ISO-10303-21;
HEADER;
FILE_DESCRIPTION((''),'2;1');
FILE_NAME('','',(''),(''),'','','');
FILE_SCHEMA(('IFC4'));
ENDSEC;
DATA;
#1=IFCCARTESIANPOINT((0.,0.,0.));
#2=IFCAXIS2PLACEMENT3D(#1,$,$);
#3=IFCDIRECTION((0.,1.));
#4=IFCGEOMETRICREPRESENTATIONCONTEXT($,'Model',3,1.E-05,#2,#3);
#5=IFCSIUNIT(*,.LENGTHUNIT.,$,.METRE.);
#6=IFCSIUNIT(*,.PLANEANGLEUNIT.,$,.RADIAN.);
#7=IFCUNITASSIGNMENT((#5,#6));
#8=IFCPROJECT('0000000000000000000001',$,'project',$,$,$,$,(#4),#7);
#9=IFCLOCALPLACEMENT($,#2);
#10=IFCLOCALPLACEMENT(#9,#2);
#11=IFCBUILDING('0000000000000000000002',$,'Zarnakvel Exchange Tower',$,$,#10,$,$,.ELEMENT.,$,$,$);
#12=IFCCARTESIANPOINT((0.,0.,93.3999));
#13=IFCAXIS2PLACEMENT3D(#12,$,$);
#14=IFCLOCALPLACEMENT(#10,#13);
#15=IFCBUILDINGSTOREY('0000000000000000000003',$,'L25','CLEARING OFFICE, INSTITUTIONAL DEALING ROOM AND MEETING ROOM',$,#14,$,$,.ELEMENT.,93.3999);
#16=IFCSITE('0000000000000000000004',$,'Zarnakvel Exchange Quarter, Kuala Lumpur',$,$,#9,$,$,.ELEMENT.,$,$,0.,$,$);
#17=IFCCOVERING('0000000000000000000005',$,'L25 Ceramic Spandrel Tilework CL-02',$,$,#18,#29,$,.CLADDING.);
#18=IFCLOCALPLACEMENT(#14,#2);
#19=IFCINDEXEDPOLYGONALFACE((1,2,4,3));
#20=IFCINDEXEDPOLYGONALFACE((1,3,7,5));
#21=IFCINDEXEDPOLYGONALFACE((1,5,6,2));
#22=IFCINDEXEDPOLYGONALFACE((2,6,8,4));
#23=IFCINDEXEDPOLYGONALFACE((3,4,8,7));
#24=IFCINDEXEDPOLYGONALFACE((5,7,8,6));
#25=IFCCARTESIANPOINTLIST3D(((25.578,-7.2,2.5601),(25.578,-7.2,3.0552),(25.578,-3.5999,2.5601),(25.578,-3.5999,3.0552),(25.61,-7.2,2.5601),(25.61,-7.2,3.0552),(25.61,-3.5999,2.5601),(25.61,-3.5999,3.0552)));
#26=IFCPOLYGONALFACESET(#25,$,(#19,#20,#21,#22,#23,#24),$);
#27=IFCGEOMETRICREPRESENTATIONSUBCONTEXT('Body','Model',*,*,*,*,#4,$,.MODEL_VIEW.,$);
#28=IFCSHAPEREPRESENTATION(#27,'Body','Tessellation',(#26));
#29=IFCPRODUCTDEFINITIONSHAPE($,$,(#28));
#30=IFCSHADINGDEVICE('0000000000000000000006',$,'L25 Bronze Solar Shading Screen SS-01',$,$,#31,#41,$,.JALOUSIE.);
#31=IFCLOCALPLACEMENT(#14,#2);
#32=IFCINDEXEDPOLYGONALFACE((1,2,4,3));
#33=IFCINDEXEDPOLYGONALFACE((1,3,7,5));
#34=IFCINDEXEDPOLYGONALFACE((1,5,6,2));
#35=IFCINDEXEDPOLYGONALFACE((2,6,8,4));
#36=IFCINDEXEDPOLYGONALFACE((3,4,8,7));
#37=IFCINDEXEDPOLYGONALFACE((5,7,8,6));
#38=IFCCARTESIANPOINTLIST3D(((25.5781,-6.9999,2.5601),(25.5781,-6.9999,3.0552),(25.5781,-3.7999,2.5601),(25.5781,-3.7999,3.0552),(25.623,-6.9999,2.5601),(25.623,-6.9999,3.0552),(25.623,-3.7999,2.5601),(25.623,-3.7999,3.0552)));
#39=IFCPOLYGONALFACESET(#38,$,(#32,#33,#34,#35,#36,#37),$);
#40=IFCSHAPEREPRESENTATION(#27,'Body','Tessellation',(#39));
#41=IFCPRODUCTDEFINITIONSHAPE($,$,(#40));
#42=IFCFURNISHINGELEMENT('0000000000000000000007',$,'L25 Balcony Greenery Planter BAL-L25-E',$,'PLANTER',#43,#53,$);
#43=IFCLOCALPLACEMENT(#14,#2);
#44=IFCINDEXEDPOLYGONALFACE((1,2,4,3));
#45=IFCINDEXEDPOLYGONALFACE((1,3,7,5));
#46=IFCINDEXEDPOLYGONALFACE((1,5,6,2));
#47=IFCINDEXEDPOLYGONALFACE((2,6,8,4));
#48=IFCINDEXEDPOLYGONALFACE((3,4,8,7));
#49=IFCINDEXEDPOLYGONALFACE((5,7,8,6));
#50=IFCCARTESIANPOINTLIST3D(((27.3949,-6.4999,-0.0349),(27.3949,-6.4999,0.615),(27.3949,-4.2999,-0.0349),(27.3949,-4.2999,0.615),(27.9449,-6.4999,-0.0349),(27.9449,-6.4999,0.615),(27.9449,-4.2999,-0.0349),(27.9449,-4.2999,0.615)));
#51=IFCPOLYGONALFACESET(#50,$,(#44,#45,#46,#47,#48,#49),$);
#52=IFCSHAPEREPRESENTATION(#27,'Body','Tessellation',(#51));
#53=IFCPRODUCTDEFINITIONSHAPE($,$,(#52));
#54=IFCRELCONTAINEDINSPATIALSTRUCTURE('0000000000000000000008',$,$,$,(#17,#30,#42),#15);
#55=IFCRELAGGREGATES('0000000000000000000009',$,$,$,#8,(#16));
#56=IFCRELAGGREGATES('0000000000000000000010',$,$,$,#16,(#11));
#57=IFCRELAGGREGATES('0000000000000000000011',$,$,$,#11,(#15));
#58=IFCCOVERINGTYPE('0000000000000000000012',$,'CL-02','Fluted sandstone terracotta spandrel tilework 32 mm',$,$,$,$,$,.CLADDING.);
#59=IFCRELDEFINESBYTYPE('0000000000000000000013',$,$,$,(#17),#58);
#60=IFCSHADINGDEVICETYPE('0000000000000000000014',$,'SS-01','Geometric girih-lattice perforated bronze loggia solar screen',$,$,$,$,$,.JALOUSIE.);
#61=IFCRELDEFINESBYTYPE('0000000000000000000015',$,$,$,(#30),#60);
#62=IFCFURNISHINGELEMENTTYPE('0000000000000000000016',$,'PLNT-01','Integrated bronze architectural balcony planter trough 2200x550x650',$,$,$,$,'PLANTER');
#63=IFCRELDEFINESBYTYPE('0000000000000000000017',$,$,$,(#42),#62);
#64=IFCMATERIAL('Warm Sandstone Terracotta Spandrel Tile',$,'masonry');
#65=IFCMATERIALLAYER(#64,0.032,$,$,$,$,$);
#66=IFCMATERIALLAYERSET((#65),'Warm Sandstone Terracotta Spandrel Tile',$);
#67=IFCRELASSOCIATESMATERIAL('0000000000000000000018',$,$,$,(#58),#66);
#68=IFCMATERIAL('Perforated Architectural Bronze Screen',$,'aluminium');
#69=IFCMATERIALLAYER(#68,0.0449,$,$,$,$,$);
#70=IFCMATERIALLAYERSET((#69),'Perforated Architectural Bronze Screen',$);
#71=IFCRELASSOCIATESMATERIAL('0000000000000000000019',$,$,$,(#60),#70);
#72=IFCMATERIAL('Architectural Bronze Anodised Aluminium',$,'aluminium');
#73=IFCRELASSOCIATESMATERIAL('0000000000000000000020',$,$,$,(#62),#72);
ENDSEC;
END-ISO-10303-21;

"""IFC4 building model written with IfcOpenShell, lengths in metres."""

from ifc_helpers import new_model, si_unit, direction, frame, origin, origin_2d, place, context, subcontext, project, spatial, rectangle, extrude, source, transform, mapped, material, layer, layer_set, type_object, element, save


model = new_model("IFC4")

# Units and contexts
model_context = context("Model", 3, precision=1e-05, world=origin(), true_north=direction((0.0, 1.0)))
body_context = subcontext(model_context, "Body", "Model", "MODEL_VIEW")
ifc_project = project(units=[si_unit("LENGTHUNIT", "METRE"), si_unit("PLANEANGLEUNIT", "RADIAN")], contexts=[model_context])

# Site, building, storey
site_placement = place(None, origin())
site = spatial("IfcSite", under=ifc_project, at=site_placement, Name="Zarnakvel Exchange Quarter, Kuala Lumpur", CompositionType="ELEMENT", RefElevation=0.0)
building_placement = place(site_placement, origin())
building = spatial("IfcBuilding", under=site, at=building_placement, Name="Zarnakvel Exchange Tower", CompositionType="ELEMENT")
storey_placement = place(building_placement, frame((0.0, 0.0, 93.3999)))
storey = spatial("IfcBuildingStorey", under=building, at=storey_placement, Name="L25", Description="CLEARING OFFICE, INSTITUTIONAL DEALING ROOM AND MEETING ROOM", CompositionType="ELEMENT", Elevation=93.3999)

# Shared definitions
ifc_material_1 = material(Name="Architectural Bronze Anodised Aluminium", Category="aluminium")

# Covering
ifc_material_2 = material(Name="Warm Sandstone Terracotta Spandrel Tile", Category="masonry")
ifc_layer_1 = layer(ifc_material_2, 0.032)
ifc_layer_set_1 = layer_set([ifc_layer_1], Name="Warm Sandstone Terracotta Spandrel Tile")
covering_type = type_object("IfcCoveringType", Name="CL-02", Description="Fluted sandstone terracotta spandrel tilework 32 mm", PredefinedType="CLADDING", material=ifc_layer_set_1)
shared_shape_1 = source(origin(), body_context, "Body", "SweptSolid", [
    extrude(rectangle(XDim=3.6001, YDim=0.032, at=origin_2d()), origin(), (0.0, 0.0, 1.0), 0.4951),
])
covering_placement = place(storey_placement, frame((25.594, -5.3999, 2.5601), z_axis=(0.0, 0.0, 1.0), x_axis=(0.0, -1.0, 0.0)))
element("IfcCovering", 1, at=covering_placement, inside=storey, type_object=covering_type, Name="L25 Ceramic Spandrel Tilework CL-02", PredefinedType="CLADDING", context=body_context, shape_type="MappedRepresentation", body=[
    mapped(shared_shape_1, transform((0.0, 0.0, 0.0), x_axis=(1.0, 0.0, 0.0), y_axis=(0.0, 1.0, 0.0), z_axis=(0.0, 0.0, 1.0), scale=1.0)),
])

# Shading device
ifc_material_3 = material(Name="Perforated Architectural Bronze Screen", Category="aluminium")
ifc_layer_2 = layer(ifc_material_3, 0.0449)
ifc_layer_set_2 = layer_set([ifc_layer_2], Name="Perforated Architectural Bronze Screen")
shading_device_type = type_object("IfcShadingDeviceType", Name="SS-01", Description="Geometric girih-lattice perforated bronze loggia solar screen", PredefinedType="JALOUSIE", material=ifc_layer_set_2)
shared_shape_2 = source(origin(), body_context, "Body", "SweptSolid", [
    extrude(rectangle(XDim=3.2, YDim=0.0449, at=origin_2d()), origin(), (0.0, 0.0, 1.0), 0.4951),
])
shading_device_placement = place(storey_placement, frame((25.6006, -5.3999, 2.5601), z_axis=(0.0, 0.0, 1.0), x_axis=(0.0, -1.0, 0.0)))
element("IfcShadingDevice", 2, at=shading_device_placement, inside=storey, type_object=shading_device_type, Name="L25 Bronze Solar Shading Screen SS-01", PredefinedType="JALOUSIE", context=body_context, shape_type="MappedRepresentation", body=[
    mapped(shared_shape_2, transform((0.0, 0.0, 0.0), x_axis=(1.0, 0.0, 0.0), y_axis=(0.0, 1.0, 0.0), z_axis=(0.0, 0.0, 1.0), scale=1.0)),
])

# Furnishing element
furnishing_element_type = type_object("IfcFurnishingElementType", Name="PLNT-01", Description="Integrated bronze architectural balcony planter trough 2200x550x650", ElementType="PLANTER", material=ifc_material_1)
shared_shape_3 = source(origin(), body_context, "Body", "SweptSolid", [
    extrude(rectangle(XDim=2.2, YDim=0.55, at=origin_2d()), origin(), (0.0, 0.0, 1.0), 0.6499),
])
furnishing_placement = place(storey_placement, frame((27.6699, -5.3999, -0.0349), z_axis=(0.0, 0.0, 1.0), x_axis=(0.0, 1.0, 0.0)))
element("IfcFurnishingElement", 3, at=furnishing_placement, inside=storey, type_object=furnishing_element_type, Name="L25 Balcony Greenery Planter BAL-L25-E", ObjectType="PLANTER", context=body_context, shape_type="MappedRepresentation", body=[
    mapped(shared_shape_3, transform((0.0, 0.0, 0.0), x_axis=(1.0, 0.0, 0.0), y_axis=(0.0, 1.0, 0.0), z_axis=(0.0, 0.0, 1.0), scale=1.0)),
])

save(model, "model.ifc")
